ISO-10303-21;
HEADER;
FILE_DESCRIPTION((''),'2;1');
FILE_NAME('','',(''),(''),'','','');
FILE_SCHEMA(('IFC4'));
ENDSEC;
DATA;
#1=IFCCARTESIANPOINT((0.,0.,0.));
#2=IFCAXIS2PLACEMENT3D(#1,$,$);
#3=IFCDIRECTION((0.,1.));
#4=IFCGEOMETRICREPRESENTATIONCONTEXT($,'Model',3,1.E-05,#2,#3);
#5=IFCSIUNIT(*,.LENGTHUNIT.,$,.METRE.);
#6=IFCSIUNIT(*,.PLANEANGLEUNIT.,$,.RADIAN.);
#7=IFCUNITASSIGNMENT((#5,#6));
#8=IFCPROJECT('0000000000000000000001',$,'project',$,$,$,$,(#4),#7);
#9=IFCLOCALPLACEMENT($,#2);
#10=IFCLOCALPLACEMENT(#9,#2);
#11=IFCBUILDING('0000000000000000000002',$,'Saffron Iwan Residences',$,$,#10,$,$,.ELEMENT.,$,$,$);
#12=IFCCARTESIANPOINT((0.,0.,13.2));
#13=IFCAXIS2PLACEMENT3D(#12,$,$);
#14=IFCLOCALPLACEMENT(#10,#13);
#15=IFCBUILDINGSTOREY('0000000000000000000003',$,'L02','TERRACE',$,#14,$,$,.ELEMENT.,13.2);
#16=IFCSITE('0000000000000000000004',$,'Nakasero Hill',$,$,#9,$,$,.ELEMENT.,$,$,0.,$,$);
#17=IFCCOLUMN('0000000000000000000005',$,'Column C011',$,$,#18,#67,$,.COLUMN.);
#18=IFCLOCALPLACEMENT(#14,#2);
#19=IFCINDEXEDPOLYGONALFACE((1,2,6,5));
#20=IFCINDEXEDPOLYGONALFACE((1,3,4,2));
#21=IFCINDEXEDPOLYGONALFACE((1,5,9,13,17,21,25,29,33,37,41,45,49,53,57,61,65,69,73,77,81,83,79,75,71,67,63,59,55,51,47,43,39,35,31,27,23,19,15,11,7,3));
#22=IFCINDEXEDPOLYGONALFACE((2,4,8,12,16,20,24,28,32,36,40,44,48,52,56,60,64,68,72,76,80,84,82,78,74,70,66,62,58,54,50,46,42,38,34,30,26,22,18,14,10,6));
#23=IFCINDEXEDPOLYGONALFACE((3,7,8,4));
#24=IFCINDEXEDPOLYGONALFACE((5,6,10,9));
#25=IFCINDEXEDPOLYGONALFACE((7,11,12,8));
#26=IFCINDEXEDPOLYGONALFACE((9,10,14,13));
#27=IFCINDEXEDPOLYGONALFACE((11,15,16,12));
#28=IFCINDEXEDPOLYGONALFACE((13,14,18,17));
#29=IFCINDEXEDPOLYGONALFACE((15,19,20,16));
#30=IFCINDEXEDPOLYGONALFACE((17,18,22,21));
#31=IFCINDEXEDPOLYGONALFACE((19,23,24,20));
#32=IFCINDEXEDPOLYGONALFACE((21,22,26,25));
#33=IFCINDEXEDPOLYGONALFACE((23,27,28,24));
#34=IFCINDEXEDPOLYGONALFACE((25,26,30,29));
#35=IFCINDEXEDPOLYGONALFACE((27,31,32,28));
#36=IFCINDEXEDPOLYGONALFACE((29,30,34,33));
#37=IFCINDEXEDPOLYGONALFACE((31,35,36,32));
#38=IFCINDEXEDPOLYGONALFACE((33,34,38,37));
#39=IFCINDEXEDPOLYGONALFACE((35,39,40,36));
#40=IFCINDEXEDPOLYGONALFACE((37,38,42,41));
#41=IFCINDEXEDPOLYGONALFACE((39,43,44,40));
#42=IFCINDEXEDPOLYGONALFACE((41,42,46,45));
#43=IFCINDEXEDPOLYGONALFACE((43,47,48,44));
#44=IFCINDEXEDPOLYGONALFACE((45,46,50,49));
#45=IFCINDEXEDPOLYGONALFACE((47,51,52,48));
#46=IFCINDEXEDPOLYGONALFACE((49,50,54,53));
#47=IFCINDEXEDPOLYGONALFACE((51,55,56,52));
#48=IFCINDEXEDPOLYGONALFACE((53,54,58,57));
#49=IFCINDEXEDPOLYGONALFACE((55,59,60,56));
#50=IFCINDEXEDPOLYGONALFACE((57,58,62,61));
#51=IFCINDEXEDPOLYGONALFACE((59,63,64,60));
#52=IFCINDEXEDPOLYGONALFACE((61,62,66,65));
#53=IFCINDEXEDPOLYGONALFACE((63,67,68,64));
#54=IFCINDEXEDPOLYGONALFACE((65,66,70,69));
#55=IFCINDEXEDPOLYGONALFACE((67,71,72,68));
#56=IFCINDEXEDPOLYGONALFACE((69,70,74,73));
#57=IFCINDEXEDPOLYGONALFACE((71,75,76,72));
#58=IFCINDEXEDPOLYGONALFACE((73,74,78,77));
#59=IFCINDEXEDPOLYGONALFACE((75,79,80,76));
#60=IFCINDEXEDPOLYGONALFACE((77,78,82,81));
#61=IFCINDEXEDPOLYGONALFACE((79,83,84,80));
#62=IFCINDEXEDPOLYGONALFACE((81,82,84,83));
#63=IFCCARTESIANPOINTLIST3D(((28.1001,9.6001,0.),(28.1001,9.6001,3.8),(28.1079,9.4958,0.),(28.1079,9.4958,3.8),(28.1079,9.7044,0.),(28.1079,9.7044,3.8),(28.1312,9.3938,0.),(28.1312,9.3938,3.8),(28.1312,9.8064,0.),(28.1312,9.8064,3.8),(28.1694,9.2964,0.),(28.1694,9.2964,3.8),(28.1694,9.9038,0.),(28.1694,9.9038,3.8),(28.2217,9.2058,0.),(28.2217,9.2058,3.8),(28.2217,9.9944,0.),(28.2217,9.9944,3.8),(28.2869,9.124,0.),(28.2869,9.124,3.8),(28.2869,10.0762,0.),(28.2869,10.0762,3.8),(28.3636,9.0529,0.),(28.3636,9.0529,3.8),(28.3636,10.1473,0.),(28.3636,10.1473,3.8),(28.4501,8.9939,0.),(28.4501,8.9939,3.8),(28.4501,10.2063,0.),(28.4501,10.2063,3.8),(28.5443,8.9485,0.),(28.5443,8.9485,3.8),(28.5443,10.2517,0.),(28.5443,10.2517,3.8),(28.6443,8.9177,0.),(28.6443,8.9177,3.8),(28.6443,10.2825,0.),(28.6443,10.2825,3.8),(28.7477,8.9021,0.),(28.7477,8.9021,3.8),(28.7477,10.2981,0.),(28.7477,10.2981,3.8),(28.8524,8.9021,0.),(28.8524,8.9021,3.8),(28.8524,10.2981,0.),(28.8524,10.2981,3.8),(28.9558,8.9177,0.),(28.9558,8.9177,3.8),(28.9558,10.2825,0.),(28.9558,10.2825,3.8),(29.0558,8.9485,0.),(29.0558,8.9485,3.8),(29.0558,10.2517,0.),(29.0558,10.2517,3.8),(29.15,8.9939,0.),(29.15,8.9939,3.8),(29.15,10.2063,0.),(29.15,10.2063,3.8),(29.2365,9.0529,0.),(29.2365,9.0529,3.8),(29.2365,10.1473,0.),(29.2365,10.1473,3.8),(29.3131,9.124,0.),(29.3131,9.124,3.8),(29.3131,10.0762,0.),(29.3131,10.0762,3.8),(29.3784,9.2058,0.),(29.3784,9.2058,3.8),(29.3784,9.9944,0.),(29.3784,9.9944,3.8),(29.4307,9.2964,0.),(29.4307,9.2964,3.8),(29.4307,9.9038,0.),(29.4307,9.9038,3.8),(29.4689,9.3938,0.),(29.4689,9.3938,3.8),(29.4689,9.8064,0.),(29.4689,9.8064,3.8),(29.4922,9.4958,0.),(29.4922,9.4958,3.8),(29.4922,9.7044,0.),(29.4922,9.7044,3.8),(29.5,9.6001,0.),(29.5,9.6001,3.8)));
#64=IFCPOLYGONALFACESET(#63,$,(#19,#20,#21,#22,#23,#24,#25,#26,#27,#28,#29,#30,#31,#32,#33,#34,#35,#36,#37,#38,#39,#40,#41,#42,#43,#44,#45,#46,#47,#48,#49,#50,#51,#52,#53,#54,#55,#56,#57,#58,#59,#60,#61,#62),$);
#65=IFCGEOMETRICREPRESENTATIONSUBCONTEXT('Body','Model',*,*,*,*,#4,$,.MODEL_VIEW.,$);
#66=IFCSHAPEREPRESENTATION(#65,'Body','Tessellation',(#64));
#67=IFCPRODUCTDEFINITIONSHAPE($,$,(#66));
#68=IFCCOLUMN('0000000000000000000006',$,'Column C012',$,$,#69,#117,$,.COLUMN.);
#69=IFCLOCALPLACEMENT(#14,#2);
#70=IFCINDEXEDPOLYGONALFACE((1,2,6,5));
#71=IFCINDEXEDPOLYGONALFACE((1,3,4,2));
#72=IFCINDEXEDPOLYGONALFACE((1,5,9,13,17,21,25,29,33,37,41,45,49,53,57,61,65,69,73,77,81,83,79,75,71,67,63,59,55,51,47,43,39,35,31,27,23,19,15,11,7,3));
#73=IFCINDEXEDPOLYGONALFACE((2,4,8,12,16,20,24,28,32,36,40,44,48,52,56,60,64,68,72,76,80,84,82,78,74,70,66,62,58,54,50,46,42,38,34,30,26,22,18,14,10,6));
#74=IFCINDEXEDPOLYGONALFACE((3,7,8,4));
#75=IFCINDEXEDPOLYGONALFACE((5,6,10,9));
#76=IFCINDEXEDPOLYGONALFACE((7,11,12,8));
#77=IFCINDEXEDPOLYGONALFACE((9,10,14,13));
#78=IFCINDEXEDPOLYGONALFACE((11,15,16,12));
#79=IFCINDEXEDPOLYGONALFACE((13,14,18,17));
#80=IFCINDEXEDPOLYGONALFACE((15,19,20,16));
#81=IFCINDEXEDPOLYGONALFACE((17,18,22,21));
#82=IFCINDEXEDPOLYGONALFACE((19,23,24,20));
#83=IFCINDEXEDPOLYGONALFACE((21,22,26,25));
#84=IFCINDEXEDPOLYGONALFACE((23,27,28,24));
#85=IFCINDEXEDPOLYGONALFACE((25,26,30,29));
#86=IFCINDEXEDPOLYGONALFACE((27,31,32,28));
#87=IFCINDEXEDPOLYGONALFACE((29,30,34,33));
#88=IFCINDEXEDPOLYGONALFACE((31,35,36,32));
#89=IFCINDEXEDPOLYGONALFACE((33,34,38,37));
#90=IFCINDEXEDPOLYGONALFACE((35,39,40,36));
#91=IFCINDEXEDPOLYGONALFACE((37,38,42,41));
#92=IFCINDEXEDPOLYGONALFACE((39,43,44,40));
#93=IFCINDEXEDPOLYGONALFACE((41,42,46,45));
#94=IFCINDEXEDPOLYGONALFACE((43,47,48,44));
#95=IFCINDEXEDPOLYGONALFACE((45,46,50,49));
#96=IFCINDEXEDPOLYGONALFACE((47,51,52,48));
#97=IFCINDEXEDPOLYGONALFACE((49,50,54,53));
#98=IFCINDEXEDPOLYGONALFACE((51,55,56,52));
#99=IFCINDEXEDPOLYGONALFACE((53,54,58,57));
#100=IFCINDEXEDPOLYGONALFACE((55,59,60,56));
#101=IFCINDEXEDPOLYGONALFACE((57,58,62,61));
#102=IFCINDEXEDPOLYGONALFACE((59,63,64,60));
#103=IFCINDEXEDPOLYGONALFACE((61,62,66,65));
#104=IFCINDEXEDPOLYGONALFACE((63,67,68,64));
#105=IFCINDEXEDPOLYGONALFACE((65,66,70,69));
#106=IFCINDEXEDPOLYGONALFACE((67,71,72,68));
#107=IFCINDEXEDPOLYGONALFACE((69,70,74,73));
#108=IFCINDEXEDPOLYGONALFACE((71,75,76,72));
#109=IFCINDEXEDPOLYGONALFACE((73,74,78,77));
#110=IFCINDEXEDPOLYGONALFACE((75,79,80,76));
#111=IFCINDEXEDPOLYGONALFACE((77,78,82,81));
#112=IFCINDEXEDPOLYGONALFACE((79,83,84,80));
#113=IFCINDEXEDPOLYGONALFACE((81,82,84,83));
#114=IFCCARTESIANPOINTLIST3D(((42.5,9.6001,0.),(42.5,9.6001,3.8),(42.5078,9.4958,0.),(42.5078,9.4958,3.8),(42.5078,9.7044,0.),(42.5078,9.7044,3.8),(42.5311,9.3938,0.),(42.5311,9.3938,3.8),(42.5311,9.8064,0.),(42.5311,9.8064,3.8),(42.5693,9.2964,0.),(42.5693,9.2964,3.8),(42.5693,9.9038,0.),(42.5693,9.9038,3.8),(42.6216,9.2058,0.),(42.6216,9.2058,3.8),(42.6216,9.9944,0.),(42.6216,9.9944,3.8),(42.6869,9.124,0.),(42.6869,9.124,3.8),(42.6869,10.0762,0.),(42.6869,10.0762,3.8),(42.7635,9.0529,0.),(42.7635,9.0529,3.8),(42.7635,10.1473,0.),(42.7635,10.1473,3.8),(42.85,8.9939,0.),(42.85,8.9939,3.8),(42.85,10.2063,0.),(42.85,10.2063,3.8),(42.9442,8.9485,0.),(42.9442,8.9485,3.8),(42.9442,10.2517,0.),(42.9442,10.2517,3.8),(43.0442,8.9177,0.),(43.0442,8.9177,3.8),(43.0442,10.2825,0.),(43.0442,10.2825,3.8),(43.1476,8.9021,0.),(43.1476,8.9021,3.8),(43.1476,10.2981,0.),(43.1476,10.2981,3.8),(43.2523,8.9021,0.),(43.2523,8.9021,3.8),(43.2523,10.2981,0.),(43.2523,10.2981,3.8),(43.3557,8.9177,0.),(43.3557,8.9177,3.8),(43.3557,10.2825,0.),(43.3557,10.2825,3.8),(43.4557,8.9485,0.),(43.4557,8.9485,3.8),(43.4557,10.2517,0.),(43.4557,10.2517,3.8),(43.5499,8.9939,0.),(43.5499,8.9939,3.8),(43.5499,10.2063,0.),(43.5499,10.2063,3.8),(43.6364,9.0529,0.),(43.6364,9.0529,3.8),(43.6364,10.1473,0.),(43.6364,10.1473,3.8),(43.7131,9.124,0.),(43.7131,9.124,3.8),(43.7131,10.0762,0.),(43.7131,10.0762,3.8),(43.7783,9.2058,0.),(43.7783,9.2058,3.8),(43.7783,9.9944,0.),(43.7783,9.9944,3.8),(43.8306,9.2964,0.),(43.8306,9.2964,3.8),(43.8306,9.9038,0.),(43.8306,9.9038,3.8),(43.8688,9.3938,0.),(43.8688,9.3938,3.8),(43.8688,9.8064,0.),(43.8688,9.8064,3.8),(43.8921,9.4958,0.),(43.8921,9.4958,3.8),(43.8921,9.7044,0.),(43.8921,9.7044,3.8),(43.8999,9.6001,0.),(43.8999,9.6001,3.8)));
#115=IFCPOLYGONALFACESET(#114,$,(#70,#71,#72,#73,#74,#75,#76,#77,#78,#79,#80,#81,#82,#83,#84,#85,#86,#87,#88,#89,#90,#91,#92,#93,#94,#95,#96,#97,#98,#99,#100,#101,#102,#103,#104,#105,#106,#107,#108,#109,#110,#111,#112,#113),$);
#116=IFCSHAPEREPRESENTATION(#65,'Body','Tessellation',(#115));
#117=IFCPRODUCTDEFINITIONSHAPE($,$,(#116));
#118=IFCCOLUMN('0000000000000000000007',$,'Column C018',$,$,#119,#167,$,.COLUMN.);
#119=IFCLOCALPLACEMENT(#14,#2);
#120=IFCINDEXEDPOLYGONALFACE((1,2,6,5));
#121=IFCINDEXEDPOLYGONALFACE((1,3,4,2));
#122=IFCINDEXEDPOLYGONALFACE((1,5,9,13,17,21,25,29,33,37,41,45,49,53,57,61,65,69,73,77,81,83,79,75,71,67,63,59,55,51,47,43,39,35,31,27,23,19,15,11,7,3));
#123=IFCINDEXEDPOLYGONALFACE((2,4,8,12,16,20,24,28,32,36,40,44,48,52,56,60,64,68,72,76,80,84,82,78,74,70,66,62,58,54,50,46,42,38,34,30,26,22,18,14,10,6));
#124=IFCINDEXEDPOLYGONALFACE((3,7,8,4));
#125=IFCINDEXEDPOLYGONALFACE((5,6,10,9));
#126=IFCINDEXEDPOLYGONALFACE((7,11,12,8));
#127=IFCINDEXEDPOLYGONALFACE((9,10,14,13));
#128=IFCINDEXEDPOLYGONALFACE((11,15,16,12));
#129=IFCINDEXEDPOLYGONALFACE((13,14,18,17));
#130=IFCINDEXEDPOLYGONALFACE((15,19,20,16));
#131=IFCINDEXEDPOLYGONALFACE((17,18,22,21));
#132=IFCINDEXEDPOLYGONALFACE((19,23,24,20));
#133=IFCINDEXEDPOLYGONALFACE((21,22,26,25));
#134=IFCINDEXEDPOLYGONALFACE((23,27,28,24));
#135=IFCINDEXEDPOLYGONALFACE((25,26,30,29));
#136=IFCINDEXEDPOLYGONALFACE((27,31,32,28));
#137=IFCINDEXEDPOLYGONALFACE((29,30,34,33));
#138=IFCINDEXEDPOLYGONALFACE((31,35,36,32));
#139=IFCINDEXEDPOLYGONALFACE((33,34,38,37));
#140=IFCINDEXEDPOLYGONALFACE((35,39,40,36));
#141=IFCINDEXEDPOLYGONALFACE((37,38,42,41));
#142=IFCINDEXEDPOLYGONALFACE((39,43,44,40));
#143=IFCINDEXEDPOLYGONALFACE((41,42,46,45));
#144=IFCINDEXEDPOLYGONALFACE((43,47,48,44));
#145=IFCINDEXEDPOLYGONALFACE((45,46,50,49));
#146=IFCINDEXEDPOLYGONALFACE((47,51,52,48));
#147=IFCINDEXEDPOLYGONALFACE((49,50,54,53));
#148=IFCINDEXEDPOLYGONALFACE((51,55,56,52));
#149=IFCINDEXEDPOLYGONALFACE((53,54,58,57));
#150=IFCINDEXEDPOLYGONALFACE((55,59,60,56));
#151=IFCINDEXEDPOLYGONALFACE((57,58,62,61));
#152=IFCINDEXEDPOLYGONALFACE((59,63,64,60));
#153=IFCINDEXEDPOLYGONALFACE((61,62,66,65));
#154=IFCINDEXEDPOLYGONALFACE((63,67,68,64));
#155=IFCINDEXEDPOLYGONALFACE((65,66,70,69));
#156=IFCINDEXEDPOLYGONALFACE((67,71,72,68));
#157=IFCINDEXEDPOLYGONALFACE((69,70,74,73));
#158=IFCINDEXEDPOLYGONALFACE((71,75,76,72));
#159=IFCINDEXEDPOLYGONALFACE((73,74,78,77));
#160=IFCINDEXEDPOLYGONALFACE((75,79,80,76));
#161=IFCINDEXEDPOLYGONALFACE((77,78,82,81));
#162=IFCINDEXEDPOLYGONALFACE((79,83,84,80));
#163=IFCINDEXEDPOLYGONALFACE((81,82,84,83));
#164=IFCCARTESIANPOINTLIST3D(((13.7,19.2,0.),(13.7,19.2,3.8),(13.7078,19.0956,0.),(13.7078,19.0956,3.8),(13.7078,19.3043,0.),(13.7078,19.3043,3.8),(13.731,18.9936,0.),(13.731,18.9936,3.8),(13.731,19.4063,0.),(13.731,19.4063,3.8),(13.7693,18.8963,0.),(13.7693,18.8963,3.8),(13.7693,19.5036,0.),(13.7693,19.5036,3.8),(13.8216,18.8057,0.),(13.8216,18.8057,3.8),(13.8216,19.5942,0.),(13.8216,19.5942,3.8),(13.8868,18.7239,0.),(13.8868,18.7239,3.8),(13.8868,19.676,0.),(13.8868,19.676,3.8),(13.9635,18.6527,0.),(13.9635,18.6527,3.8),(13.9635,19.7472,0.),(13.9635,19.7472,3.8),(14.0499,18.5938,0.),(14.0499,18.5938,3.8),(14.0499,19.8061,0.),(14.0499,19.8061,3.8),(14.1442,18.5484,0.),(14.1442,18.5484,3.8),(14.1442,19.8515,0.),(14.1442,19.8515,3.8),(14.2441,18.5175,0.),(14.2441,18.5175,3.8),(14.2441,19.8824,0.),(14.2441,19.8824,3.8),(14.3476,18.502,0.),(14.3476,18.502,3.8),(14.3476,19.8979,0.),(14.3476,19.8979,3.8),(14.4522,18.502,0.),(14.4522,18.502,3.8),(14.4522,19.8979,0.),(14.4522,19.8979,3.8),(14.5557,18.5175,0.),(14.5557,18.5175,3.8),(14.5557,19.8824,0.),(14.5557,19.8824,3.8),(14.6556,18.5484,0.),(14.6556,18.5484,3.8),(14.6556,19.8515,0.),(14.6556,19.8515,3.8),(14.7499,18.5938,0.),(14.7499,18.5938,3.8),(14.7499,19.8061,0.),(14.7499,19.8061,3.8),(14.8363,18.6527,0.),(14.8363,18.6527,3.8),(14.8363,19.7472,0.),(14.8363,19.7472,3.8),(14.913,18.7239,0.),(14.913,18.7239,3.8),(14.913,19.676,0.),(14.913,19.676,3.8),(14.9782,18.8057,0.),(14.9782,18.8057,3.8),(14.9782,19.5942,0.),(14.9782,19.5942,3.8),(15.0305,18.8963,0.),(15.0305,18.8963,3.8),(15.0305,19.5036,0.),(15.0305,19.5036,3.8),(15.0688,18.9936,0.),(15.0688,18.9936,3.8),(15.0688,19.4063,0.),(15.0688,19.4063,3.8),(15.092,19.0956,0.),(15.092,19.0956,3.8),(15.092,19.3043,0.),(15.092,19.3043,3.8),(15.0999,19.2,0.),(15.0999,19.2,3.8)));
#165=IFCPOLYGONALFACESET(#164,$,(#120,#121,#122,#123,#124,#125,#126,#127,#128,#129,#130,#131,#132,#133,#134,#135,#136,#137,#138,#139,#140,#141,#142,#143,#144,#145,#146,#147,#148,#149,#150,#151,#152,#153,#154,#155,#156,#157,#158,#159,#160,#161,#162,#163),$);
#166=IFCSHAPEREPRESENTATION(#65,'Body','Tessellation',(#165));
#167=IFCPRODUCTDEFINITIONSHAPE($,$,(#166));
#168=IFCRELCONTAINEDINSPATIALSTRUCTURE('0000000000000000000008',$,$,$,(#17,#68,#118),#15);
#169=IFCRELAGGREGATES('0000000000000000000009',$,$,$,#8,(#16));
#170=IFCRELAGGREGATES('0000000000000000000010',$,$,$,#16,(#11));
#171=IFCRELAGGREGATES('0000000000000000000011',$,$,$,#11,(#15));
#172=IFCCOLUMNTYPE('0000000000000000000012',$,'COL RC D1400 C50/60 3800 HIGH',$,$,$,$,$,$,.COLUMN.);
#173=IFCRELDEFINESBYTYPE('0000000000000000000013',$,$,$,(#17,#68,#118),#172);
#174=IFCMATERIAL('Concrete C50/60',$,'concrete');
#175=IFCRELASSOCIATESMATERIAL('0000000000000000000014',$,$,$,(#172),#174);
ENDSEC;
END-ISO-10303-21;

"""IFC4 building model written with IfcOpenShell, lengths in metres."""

from ifc_helpers import new_model, si_unit, direction, frame, origin, origin_2d, place, context, subcontext, project, spatial, circle, extrude, source, transform, mapped, material, material_profile, profile_set, type_object, element, save


model = new_model("IFC4")

# Units and contexts
model_context = context("Model", 3, precision=1e-05, world=origin(), true_north=direction((0.0, 1.0)))
body_context = subcontext(model_context, "Body", "Model", "MODEL_VIEW")
ifc_project = project(units=[si_unit("LENGTHUNIT", "METRE"), si_unit("PLANEANGLEUNIT", "RADIAN")], contexts=[model_context])

# Site, building, storey
site_placement = place(None, origin())
site = spatial("IfcSite", under=ifc_project, at=site_placement, Name="Nakasero Hill", CompositionType="ELEMENT", RefElevation=0.0)
building_placement = place(site_placement, origin())
building = spatial("IfcBuilding", under=site, at=building_placement, Name="Saffron Iwan Residences", CompositionType="ELEMENT")
storey_placement = place(building_placement, frame((0.0, 0.0, 13.2)))
storey = spatial("IfcBuildingStorey", under=building, at=storey_placement, Name="L02", Description="TERRACE", CompositionType="ELEMENT", Elevation=13.2)

# Columns
ifc_material_1 = material(Name="Concrete C50/60", Category="concrete")
ifc_material_profile_1 = material_profile(ifc_material_1, circle(Radius=0.7, at=origin_2d()), Name="RC D1400")
ifc_profile_set_1 = profile_set([ifc_material_profile_1], Name="Concrete C50/60")
column_type = type_object("IfcColumnType", Name="COL RC D1400 C50/60 3800 HIGH", PredefinedType="COLUMN", material=ifc_profile_set_1)
shared_shape_1 = source(origin(), body_context, "Body", "SweptSolid", [
    extrude(circle(Radius=0.7, at=origin_2d()), origin(), (0.0, 0.0, 1.0), 3.8),
])
for number, where, z_axis, x_axis, name in (
    (1, (28.8, 9.6001, 0.0), (0.0, 0.0, 1.0), (1.0, 0.0, 0.0), "Column C011"),
    (2, (43.2, 9.6001, 0.0), (0.0, 0.0, 1.0), (1.0, 0.0, 0.0), "Column C012"),
    (3, (14.3999, 19.2, 0.0), (0.0, 0.0, 1.0), (1.0, 0.0, 0.0), "Column C018"),
):
    element("IfcColumn", number, at=place(storey_placement, frame(where, z_axis=z_axis, x_axis=x_axis)), inside=storey, type_object=column_type, Name=name, PredefinedType="COLUMN", context=body_context, shape_type="MappedRepresentation", body=[
        mapped(shared_shape_1, transform((0.0, 0.0, 0.0))),
    ])

save(model, "model.ifc")
